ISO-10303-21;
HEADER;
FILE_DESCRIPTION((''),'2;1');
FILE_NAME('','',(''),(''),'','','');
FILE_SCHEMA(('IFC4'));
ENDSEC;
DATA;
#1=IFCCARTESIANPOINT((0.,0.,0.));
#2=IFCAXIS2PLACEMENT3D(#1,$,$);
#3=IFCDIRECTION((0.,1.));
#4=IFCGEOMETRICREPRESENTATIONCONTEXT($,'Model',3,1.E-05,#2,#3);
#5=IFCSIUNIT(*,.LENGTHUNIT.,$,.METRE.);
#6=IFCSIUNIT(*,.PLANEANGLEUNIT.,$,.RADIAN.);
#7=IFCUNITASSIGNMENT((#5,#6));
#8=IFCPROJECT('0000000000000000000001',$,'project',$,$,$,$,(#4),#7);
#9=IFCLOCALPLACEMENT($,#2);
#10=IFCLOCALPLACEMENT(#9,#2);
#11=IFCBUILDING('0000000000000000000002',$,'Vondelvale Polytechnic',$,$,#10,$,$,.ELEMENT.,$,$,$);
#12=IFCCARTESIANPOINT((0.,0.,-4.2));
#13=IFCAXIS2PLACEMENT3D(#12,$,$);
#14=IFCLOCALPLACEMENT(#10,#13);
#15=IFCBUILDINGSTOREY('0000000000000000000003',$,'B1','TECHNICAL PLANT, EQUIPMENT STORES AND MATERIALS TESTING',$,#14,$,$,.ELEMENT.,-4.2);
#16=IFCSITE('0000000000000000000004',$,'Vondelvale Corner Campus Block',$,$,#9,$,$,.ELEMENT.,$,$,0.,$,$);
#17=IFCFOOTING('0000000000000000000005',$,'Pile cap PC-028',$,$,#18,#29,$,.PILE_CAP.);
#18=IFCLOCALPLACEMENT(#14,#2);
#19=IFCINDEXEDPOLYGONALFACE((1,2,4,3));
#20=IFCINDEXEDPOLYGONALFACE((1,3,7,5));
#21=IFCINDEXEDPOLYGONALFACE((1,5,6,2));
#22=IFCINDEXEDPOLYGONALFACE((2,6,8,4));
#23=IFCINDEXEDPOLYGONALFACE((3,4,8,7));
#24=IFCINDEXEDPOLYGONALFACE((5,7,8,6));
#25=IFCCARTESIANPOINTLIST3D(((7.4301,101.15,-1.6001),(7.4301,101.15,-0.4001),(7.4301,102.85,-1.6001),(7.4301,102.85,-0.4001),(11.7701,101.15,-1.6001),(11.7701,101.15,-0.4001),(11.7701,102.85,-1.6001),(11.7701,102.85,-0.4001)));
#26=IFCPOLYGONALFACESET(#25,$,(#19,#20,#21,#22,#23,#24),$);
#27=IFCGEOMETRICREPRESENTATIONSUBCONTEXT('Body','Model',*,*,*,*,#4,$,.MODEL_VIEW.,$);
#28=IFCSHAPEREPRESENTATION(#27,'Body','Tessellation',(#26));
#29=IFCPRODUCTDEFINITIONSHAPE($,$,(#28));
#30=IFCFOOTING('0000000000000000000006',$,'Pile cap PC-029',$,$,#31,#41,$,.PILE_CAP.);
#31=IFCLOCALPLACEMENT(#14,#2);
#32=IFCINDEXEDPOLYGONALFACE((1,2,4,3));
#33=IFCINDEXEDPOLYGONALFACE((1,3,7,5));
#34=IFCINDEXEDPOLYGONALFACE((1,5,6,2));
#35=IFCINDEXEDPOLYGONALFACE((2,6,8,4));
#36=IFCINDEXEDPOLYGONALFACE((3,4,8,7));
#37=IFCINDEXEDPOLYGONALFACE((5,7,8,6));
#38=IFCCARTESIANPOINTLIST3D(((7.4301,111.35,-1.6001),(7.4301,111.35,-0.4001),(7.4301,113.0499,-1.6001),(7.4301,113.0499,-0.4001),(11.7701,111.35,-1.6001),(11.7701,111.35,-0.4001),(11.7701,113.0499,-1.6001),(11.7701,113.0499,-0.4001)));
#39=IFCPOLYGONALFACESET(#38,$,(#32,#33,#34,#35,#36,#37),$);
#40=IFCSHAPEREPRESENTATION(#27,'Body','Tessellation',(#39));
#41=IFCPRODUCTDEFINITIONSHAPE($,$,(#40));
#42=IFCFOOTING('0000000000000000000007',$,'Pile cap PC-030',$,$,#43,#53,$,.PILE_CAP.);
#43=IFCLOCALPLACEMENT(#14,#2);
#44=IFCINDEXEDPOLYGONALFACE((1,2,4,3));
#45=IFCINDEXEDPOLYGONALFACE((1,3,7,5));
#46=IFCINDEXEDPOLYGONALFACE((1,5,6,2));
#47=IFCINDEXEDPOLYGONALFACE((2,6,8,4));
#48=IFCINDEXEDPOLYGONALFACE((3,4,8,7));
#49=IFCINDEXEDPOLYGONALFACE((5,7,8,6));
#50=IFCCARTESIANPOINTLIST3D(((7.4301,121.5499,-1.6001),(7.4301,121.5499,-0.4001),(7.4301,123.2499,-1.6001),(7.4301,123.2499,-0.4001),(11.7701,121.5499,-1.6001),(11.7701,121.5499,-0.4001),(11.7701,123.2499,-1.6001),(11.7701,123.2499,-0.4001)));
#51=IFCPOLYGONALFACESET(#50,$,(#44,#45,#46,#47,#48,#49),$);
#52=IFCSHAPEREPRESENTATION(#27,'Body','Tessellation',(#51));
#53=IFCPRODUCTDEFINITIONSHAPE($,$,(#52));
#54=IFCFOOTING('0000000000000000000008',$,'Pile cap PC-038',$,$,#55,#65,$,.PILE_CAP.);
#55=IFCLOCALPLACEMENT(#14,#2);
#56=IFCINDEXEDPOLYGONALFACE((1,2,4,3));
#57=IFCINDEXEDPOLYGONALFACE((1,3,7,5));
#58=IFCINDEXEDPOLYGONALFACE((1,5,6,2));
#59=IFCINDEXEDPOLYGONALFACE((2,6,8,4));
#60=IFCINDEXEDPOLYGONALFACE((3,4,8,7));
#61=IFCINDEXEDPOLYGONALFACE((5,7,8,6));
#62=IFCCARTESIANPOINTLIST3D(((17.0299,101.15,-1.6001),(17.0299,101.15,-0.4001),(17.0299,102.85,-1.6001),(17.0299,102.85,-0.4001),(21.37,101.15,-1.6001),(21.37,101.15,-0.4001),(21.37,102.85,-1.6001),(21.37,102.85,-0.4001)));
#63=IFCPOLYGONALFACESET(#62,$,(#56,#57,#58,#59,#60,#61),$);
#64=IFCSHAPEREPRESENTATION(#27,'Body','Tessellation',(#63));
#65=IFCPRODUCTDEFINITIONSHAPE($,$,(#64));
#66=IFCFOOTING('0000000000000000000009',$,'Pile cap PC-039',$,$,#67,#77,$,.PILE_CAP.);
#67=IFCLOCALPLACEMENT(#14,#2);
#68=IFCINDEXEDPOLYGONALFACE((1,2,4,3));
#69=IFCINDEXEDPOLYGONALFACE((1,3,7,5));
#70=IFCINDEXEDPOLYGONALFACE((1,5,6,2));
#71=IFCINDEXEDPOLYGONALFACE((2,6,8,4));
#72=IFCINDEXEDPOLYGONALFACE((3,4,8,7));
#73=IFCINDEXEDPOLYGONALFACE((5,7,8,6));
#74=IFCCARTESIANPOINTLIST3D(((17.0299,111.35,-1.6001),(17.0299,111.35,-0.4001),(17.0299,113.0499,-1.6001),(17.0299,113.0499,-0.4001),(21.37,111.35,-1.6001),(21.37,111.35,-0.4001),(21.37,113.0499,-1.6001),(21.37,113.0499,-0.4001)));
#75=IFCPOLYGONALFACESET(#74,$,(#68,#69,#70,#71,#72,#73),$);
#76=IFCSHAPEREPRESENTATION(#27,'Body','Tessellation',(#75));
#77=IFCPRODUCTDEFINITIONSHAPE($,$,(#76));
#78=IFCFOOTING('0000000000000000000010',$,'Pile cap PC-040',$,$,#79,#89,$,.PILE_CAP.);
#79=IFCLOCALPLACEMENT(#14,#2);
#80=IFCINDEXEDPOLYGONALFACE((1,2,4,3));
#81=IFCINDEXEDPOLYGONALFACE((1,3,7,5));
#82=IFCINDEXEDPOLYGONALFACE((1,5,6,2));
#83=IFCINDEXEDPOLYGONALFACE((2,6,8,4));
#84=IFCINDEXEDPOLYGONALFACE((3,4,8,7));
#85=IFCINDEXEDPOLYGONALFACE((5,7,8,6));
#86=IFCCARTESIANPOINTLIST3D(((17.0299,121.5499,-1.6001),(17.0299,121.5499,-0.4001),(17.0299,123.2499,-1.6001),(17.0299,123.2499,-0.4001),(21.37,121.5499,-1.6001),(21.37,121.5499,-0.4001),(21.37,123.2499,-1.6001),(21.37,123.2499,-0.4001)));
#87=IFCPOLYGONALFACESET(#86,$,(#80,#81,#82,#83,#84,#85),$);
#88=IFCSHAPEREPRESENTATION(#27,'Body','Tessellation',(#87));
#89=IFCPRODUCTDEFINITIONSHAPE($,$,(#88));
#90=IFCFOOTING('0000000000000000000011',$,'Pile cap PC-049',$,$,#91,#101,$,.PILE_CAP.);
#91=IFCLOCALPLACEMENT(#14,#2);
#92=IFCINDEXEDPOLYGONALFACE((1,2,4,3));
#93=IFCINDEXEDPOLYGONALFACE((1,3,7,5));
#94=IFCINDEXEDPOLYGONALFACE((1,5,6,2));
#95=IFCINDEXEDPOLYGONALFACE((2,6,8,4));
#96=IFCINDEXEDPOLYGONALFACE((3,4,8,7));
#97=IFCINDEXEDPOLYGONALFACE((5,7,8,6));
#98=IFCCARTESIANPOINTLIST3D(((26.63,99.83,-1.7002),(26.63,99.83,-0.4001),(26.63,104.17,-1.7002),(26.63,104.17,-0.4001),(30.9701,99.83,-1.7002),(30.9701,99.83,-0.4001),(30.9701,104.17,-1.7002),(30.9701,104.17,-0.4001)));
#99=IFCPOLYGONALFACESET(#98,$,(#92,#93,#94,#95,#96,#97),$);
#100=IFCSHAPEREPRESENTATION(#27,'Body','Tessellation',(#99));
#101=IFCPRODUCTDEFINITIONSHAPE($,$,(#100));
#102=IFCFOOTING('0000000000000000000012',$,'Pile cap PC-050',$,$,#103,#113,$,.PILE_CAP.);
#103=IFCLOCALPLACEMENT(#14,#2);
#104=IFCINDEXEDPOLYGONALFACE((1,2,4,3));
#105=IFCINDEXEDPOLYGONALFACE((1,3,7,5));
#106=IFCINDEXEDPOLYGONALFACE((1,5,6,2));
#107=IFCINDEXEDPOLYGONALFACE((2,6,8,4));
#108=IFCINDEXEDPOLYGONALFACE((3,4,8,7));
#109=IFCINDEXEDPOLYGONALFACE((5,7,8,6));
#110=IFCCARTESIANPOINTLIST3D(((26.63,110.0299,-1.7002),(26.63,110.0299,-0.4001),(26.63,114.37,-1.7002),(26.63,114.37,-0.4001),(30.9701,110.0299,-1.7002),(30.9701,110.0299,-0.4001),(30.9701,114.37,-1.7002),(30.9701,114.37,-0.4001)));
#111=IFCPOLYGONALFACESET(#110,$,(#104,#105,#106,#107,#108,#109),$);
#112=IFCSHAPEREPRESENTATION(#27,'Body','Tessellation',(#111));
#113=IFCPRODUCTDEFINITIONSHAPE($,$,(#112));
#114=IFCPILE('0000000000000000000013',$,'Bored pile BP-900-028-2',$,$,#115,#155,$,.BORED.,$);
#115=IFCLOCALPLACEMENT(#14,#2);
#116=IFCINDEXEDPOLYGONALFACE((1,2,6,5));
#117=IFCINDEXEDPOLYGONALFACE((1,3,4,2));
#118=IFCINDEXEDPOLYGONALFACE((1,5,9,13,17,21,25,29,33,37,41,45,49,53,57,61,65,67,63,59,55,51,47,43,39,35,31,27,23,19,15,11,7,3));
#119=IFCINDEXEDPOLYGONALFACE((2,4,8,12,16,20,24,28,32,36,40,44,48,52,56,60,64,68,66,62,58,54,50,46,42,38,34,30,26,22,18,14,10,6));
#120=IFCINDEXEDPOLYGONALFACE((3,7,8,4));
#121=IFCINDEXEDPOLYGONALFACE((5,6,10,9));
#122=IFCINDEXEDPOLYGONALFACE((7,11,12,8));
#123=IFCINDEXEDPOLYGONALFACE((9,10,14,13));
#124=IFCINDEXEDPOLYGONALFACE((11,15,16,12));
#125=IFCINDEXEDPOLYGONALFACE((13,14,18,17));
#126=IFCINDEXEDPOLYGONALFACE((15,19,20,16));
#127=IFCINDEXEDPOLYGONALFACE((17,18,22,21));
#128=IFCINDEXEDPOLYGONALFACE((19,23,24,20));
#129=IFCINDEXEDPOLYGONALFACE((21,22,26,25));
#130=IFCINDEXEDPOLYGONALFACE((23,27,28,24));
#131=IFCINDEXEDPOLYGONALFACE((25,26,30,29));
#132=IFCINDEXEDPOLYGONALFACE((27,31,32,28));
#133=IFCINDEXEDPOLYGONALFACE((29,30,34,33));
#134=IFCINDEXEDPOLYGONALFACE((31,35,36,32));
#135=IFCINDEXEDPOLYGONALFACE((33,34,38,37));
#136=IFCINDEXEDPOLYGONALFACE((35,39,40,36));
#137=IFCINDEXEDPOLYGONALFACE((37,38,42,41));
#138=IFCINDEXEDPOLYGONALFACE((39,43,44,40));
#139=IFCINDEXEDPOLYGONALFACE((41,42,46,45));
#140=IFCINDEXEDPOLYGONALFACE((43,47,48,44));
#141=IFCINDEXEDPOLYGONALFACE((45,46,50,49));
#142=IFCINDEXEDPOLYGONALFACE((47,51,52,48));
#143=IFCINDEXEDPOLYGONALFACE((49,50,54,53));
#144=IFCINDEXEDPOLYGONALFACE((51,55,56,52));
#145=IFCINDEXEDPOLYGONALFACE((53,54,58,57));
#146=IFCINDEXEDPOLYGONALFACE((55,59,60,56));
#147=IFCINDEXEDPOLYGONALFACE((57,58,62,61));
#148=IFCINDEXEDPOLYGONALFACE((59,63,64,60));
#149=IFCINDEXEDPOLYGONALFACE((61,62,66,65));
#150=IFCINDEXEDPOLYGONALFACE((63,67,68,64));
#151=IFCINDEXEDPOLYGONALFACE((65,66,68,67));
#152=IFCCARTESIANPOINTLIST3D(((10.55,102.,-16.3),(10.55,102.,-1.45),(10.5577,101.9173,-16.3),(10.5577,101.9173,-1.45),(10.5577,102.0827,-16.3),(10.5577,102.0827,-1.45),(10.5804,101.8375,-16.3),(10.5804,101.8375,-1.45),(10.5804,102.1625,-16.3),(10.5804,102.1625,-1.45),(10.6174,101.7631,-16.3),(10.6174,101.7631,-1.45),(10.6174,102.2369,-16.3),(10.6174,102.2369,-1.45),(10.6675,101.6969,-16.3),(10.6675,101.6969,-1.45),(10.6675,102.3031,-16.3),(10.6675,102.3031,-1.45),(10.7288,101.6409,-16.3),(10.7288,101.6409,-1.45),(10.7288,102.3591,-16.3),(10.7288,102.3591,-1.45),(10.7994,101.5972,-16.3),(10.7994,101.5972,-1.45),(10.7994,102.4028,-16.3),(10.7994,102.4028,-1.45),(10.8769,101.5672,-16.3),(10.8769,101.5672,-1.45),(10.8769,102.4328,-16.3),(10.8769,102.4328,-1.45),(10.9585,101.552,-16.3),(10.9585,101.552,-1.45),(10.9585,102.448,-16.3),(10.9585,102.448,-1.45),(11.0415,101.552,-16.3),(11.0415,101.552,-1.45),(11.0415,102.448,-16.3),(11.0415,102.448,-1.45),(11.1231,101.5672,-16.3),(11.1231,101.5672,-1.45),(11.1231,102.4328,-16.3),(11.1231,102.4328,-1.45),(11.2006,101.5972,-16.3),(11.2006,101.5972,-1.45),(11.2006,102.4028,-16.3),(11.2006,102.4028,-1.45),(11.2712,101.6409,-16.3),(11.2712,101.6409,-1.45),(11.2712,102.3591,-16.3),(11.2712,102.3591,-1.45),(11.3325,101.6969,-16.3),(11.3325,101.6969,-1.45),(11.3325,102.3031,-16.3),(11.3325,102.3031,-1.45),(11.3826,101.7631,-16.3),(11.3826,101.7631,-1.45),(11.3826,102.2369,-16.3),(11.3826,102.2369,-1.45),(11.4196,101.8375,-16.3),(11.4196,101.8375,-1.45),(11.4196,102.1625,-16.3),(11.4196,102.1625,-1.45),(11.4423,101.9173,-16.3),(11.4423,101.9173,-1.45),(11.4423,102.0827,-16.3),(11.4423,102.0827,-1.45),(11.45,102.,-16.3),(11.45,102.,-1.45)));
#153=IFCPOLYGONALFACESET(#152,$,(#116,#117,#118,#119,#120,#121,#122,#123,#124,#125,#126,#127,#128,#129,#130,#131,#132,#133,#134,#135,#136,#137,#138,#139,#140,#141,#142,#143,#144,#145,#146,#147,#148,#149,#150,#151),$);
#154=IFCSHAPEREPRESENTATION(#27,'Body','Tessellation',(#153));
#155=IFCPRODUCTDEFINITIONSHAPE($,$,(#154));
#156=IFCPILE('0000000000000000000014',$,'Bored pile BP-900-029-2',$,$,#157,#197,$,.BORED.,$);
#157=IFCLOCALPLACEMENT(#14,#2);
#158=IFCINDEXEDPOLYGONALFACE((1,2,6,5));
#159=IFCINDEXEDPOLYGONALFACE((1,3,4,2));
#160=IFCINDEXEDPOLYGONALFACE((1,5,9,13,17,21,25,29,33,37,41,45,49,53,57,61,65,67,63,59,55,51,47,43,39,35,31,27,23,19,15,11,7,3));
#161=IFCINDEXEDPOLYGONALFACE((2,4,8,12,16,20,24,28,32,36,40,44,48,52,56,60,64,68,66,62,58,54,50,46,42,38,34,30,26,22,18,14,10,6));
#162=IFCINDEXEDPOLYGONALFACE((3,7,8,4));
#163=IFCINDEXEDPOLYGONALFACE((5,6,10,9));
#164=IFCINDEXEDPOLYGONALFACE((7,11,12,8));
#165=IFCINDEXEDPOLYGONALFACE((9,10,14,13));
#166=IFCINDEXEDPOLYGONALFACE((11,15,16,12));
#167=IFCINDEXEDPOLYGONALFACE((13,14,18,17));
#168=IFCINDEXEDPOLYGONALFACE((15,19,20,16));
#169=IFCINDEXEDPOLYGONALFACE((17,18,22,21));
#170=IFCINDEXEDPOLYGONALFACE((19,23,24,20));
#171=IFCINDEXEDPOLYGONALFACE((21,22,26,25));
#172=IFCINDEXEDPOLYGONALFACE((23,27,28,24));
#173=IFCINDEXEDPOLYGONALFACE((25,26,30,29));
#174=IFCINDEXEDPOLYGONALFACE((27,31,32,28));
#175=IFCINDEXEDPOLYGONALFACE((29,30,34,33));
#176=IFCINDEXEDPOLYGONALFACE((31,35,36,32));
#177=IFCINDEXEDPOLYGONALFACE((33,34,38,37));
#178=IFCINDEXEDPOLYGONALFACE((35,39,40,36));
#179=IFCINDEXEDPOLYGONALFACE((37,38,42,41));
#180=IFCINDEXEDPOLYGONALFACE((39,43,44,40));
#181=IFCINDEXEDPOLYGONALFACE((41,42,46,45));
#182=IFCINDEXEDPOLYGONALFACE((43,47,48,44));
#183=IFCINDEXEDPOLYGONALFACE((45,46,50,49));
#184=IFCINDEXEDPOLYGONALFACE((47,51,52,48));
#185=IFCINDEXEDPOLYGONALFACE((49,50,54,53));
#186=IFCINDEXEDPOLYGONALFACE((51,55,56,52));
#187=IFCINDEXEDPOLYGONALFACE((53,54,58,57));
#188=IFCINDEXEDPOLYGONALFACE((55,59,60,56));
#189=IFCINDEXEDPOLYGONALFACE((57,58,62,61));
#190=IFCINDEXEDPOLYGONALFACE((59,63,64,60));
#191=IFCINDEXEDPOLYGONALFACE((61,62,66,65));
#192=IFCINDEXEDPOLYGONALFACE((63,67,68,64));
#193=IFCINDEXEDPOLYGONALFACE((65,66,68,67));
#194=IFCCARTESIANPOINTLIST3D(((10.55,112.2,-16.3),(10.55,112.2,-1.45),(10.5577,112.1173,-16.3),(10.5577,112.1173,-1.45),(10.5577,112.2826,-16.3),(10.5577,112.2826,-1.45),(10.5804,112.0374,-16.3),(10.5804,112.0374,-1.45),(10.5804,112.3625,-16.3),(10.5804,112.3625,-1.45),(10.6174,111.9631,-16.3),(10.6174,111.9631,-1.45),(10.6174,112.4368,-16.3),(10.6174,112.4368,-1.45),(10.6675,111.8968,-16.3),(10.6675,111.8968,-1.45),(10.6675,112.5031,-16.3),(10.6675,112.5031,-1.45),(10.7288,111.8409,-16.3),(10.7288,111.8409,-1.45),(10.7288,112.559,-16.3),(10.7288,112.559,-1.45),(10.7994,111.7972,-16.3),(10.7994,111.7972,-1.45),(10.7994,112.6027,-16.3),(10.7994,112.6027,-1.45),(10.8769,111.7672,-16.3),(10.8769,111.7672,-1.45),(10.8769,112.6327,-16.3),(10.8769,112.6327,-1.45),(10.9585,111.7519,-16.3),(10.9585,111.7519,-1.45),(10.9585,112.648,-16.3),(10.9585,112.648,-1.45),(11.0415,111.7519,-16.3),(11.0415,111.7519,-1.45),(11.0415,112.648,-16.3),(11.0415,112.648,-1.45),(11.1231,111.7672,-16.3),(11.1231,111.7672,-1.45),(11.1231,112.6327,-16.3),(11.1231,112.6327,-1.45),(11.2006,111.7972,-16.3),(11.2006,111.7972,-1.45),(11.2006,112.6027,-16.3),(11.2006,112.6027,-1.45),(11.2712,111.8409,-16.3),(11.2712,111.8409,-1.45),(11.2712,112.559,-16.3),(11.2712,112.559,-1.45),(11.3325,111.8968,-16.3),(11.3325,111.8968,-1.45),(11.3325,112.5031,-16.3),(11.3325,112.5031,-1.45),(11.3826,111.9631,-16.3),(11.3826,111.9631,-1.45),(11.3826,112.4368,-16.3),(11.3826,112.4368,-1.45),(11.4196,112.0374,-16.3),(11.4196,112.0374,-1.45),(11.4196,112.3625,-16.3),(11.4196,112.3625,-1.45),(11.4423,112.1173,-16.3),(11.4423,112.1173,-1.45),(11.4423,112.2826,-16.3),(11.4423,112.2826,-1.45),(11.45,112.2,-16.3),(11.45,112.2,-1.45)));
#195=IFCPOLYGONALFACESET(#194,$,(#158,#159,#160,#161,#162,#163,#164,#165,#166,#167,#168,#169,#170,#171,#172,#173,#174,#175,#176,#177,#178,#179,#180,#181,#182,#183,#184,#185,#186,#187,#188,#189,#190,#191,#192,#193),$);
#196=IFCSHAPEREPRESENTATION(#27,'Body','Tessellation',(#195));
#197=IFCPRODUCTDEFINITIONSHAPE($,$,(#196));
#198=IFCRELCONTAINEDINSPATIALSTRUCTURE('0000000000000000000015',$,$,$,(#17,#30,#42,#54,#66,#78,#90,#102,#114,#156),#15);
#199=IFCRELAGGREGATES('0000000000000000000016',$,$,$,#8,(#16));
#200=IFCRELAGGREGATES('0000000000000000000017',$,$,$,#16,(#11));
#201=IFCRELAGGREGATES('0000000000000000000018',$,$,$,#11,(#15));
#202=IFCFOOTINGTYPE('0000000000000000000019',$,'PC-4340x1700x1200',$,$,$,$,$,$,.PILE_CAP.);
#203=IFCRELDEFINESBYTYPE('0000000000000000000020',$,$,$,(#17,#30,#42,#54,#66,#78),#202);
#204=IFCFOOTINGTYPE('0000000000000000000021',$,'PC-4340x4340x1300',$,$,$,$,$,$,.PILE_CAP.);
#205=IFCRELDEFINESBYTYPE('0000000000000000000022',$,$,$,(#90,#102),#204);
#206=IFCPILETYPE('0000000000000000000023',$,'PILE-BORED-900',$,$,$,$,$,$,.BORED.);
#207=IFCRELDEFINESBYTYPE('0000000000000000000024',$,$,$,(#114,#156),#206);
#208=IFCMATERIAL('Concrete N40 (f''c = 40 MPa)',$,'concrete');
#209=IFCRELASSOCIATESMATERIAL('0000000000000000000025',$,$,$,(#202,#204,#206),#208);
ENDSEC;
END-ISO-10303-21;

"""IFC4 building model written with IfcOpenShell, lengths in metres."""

from ifc_helpers import new_model, si_unit, direction, frame, origin, origin_2d, place, context, subcontext, project, spatial, rectangle, circle, extrude, material, material_profile, profile_set, type_object, element, save


model = new_model("IFC4")

# Units and contexts
model_context = context("Model", 3, precision=1e-05, world=origin(), true_north=direction((0.0, 1.0)))
body_context = subcontext(model_context, "Body", "Model", "MODEL_VIEW")
ifc_project = project(units=[si_unit("LENGTHUNIT", "METRE"), si_unit("PLANEANGLEUNIT", "RADIAN")], contexts=[model_context])

# Site, building, storey
site_placement = place(None, origin())
site = spatial("IfcSite", under=ifc_project, at=site_placement, Name="Vondelvale Corner Campus Block", CompositionType="ELEMENT", RefElevation=0.0)
building_placement = place(site_placement, origin())
building = spatial("IfcBuilding", under=site, at=building_placement, Name="Vondelvale Polytechnic", CompositionType="ELEMENT")
storey_placement = place(building_placement, frame((0.0, 0.0, -4.2)))
storey = spatial("IfcBuildingStorey", under=building, at=storey_placement, Name="B1", Description="TECHNICAL PLANT, EQUIPMENT STORES AND MATERIALS TESTING", CompositionType="ELEMENT", Elevation=-4.2)

# Footings
ifc_material_1 = material(Name="Concrete N40 (f'c = 40 MPa)", Category="concrete")
footing_type_1 = type_object("IfcFootingType", Name="PC-4340x1700x1200", PredefinedType="PILE_CAP", material=ifc_material_1)
for number, where, z_axis, x_axis, name in (
    (1, (9.6001, 102.0, -1.6001), (0.0, 0.0, 1.0), (1.0, 0.0, 0.0), "Pile cap PC-028"),
    (2, (9.6001, 112.2, -1.6001), (0.0, 0.0, 1.0), (1.0, 0.0, 0.0), "Pile cap PC-029"),
    (3, (9.6001, 122.3999, -1.6001), (0.0, 0.0, 1.0), (1.0, 0.0, 0.0), "Pile cap PC-030"),
    (4, (19.2, 102.0, -1.6001), (0.0, 0.0, 1.0), (1.0, 0.0, 0.0), "Pile cap PC-038"),
    (5, (19.2, 112.2, -1.6001), (0.0, 0.0, 1.0), (1.0, 0.0, 0.0), "Pile cap PC-039"),
    (6, (19.2, 122.3999, -1.6001), (0.0, 0.0, 1.0), (1.0, 0.0, 0.0), "Pile cap PC-040"),
):
    element("IfcFooting", number, at=place(storey_placement, frame(where, z_axis=z_axis, x_axis=x_axis)), inside=storey, type_object=footing_type_1, Name=name, PredefinedType="PILE_CAP", context=body_context, shape_type="SweptSolid", body=[
        extrude(rectangle(XDim=4.3401, YDim=1.7, at=origin_2d()), origin(), (0.0, 0.0, 1.0), 1.2),
    ])
footing_type_2 = type_object("IfcFootingType", Name="PC-4340x4340x1300", PredefinedType="PILE_CAP", material=ifc_material_1)
for number, where, z_axis, x_axis, name in (
    (7, (28.8, 102.0, -1.7002), (0.0, 0.0, 1.0), (1.0, 0.0, 0.0), "Pile cap PC-049"),
    (8, (28.8, 112.2, -1.7002), (0.0, 0.0, 1.0), (1.0, 0.0, 0.0), "Pile cap PC-050"),
):
    element("IfcFooting", number, at=place(storey_placement, frame(where, z_axis=z_axis, x_axis=x_axis)), inside=storey, type_object=footing_type_2, Name=name, PredefinedType="PILE_CAP", context=body_context, shape_type="SweptSolid", body=[
        extrude(rectangle(XDim=4.3401, YDim=4.3401, at=origin_2d()), origin(), (0.0, 0.0, 1.0), 1.3),
    ])

# Piles
ifc_material_profile_1 = material_profile(ifc_material_1, circle(Radius=0.45, at=origin_2d()), Name="PILE-D900")
ifc_profile_set_1 = profile_set([ifc_material_profile_1], Name="Concrete N40 (f'c = 40 MPa)")
pile_type = type_object("IfcPileType", Name="PILE-BORED-900", PredefinedType="BORED", material=ifc_profile_set_1)
for number, where, z_axis, x_axis, name in (
    (9, (11.0, 102.0, -1.45), (0.0, 0.0, -1.0), (1.0, 0.0, 0.0), "Bored pile BP-900-028-2"),
    (10, (11.0, 112.2, -1.45), (0.0, 0.0, -1.0), (1.0, 0.0, 0.0), "Bored pile BP-900-029-2"),
):
    element("IfcPile", number, at=place(storey_placement, frame(where, z_axis=z_axis, x_axis=x_axis)), inside=storey, type_object=pile_type, Name=name, PredefinedType="BORED", context=body_context, shape_type="SweptSolid", body=[
        extrude(circle(Radius=0.45, at=origin_2d()), origin(), (0.0, 0.0, 1.0), 14.8501),
    ])

save(model, "model.ifc")
